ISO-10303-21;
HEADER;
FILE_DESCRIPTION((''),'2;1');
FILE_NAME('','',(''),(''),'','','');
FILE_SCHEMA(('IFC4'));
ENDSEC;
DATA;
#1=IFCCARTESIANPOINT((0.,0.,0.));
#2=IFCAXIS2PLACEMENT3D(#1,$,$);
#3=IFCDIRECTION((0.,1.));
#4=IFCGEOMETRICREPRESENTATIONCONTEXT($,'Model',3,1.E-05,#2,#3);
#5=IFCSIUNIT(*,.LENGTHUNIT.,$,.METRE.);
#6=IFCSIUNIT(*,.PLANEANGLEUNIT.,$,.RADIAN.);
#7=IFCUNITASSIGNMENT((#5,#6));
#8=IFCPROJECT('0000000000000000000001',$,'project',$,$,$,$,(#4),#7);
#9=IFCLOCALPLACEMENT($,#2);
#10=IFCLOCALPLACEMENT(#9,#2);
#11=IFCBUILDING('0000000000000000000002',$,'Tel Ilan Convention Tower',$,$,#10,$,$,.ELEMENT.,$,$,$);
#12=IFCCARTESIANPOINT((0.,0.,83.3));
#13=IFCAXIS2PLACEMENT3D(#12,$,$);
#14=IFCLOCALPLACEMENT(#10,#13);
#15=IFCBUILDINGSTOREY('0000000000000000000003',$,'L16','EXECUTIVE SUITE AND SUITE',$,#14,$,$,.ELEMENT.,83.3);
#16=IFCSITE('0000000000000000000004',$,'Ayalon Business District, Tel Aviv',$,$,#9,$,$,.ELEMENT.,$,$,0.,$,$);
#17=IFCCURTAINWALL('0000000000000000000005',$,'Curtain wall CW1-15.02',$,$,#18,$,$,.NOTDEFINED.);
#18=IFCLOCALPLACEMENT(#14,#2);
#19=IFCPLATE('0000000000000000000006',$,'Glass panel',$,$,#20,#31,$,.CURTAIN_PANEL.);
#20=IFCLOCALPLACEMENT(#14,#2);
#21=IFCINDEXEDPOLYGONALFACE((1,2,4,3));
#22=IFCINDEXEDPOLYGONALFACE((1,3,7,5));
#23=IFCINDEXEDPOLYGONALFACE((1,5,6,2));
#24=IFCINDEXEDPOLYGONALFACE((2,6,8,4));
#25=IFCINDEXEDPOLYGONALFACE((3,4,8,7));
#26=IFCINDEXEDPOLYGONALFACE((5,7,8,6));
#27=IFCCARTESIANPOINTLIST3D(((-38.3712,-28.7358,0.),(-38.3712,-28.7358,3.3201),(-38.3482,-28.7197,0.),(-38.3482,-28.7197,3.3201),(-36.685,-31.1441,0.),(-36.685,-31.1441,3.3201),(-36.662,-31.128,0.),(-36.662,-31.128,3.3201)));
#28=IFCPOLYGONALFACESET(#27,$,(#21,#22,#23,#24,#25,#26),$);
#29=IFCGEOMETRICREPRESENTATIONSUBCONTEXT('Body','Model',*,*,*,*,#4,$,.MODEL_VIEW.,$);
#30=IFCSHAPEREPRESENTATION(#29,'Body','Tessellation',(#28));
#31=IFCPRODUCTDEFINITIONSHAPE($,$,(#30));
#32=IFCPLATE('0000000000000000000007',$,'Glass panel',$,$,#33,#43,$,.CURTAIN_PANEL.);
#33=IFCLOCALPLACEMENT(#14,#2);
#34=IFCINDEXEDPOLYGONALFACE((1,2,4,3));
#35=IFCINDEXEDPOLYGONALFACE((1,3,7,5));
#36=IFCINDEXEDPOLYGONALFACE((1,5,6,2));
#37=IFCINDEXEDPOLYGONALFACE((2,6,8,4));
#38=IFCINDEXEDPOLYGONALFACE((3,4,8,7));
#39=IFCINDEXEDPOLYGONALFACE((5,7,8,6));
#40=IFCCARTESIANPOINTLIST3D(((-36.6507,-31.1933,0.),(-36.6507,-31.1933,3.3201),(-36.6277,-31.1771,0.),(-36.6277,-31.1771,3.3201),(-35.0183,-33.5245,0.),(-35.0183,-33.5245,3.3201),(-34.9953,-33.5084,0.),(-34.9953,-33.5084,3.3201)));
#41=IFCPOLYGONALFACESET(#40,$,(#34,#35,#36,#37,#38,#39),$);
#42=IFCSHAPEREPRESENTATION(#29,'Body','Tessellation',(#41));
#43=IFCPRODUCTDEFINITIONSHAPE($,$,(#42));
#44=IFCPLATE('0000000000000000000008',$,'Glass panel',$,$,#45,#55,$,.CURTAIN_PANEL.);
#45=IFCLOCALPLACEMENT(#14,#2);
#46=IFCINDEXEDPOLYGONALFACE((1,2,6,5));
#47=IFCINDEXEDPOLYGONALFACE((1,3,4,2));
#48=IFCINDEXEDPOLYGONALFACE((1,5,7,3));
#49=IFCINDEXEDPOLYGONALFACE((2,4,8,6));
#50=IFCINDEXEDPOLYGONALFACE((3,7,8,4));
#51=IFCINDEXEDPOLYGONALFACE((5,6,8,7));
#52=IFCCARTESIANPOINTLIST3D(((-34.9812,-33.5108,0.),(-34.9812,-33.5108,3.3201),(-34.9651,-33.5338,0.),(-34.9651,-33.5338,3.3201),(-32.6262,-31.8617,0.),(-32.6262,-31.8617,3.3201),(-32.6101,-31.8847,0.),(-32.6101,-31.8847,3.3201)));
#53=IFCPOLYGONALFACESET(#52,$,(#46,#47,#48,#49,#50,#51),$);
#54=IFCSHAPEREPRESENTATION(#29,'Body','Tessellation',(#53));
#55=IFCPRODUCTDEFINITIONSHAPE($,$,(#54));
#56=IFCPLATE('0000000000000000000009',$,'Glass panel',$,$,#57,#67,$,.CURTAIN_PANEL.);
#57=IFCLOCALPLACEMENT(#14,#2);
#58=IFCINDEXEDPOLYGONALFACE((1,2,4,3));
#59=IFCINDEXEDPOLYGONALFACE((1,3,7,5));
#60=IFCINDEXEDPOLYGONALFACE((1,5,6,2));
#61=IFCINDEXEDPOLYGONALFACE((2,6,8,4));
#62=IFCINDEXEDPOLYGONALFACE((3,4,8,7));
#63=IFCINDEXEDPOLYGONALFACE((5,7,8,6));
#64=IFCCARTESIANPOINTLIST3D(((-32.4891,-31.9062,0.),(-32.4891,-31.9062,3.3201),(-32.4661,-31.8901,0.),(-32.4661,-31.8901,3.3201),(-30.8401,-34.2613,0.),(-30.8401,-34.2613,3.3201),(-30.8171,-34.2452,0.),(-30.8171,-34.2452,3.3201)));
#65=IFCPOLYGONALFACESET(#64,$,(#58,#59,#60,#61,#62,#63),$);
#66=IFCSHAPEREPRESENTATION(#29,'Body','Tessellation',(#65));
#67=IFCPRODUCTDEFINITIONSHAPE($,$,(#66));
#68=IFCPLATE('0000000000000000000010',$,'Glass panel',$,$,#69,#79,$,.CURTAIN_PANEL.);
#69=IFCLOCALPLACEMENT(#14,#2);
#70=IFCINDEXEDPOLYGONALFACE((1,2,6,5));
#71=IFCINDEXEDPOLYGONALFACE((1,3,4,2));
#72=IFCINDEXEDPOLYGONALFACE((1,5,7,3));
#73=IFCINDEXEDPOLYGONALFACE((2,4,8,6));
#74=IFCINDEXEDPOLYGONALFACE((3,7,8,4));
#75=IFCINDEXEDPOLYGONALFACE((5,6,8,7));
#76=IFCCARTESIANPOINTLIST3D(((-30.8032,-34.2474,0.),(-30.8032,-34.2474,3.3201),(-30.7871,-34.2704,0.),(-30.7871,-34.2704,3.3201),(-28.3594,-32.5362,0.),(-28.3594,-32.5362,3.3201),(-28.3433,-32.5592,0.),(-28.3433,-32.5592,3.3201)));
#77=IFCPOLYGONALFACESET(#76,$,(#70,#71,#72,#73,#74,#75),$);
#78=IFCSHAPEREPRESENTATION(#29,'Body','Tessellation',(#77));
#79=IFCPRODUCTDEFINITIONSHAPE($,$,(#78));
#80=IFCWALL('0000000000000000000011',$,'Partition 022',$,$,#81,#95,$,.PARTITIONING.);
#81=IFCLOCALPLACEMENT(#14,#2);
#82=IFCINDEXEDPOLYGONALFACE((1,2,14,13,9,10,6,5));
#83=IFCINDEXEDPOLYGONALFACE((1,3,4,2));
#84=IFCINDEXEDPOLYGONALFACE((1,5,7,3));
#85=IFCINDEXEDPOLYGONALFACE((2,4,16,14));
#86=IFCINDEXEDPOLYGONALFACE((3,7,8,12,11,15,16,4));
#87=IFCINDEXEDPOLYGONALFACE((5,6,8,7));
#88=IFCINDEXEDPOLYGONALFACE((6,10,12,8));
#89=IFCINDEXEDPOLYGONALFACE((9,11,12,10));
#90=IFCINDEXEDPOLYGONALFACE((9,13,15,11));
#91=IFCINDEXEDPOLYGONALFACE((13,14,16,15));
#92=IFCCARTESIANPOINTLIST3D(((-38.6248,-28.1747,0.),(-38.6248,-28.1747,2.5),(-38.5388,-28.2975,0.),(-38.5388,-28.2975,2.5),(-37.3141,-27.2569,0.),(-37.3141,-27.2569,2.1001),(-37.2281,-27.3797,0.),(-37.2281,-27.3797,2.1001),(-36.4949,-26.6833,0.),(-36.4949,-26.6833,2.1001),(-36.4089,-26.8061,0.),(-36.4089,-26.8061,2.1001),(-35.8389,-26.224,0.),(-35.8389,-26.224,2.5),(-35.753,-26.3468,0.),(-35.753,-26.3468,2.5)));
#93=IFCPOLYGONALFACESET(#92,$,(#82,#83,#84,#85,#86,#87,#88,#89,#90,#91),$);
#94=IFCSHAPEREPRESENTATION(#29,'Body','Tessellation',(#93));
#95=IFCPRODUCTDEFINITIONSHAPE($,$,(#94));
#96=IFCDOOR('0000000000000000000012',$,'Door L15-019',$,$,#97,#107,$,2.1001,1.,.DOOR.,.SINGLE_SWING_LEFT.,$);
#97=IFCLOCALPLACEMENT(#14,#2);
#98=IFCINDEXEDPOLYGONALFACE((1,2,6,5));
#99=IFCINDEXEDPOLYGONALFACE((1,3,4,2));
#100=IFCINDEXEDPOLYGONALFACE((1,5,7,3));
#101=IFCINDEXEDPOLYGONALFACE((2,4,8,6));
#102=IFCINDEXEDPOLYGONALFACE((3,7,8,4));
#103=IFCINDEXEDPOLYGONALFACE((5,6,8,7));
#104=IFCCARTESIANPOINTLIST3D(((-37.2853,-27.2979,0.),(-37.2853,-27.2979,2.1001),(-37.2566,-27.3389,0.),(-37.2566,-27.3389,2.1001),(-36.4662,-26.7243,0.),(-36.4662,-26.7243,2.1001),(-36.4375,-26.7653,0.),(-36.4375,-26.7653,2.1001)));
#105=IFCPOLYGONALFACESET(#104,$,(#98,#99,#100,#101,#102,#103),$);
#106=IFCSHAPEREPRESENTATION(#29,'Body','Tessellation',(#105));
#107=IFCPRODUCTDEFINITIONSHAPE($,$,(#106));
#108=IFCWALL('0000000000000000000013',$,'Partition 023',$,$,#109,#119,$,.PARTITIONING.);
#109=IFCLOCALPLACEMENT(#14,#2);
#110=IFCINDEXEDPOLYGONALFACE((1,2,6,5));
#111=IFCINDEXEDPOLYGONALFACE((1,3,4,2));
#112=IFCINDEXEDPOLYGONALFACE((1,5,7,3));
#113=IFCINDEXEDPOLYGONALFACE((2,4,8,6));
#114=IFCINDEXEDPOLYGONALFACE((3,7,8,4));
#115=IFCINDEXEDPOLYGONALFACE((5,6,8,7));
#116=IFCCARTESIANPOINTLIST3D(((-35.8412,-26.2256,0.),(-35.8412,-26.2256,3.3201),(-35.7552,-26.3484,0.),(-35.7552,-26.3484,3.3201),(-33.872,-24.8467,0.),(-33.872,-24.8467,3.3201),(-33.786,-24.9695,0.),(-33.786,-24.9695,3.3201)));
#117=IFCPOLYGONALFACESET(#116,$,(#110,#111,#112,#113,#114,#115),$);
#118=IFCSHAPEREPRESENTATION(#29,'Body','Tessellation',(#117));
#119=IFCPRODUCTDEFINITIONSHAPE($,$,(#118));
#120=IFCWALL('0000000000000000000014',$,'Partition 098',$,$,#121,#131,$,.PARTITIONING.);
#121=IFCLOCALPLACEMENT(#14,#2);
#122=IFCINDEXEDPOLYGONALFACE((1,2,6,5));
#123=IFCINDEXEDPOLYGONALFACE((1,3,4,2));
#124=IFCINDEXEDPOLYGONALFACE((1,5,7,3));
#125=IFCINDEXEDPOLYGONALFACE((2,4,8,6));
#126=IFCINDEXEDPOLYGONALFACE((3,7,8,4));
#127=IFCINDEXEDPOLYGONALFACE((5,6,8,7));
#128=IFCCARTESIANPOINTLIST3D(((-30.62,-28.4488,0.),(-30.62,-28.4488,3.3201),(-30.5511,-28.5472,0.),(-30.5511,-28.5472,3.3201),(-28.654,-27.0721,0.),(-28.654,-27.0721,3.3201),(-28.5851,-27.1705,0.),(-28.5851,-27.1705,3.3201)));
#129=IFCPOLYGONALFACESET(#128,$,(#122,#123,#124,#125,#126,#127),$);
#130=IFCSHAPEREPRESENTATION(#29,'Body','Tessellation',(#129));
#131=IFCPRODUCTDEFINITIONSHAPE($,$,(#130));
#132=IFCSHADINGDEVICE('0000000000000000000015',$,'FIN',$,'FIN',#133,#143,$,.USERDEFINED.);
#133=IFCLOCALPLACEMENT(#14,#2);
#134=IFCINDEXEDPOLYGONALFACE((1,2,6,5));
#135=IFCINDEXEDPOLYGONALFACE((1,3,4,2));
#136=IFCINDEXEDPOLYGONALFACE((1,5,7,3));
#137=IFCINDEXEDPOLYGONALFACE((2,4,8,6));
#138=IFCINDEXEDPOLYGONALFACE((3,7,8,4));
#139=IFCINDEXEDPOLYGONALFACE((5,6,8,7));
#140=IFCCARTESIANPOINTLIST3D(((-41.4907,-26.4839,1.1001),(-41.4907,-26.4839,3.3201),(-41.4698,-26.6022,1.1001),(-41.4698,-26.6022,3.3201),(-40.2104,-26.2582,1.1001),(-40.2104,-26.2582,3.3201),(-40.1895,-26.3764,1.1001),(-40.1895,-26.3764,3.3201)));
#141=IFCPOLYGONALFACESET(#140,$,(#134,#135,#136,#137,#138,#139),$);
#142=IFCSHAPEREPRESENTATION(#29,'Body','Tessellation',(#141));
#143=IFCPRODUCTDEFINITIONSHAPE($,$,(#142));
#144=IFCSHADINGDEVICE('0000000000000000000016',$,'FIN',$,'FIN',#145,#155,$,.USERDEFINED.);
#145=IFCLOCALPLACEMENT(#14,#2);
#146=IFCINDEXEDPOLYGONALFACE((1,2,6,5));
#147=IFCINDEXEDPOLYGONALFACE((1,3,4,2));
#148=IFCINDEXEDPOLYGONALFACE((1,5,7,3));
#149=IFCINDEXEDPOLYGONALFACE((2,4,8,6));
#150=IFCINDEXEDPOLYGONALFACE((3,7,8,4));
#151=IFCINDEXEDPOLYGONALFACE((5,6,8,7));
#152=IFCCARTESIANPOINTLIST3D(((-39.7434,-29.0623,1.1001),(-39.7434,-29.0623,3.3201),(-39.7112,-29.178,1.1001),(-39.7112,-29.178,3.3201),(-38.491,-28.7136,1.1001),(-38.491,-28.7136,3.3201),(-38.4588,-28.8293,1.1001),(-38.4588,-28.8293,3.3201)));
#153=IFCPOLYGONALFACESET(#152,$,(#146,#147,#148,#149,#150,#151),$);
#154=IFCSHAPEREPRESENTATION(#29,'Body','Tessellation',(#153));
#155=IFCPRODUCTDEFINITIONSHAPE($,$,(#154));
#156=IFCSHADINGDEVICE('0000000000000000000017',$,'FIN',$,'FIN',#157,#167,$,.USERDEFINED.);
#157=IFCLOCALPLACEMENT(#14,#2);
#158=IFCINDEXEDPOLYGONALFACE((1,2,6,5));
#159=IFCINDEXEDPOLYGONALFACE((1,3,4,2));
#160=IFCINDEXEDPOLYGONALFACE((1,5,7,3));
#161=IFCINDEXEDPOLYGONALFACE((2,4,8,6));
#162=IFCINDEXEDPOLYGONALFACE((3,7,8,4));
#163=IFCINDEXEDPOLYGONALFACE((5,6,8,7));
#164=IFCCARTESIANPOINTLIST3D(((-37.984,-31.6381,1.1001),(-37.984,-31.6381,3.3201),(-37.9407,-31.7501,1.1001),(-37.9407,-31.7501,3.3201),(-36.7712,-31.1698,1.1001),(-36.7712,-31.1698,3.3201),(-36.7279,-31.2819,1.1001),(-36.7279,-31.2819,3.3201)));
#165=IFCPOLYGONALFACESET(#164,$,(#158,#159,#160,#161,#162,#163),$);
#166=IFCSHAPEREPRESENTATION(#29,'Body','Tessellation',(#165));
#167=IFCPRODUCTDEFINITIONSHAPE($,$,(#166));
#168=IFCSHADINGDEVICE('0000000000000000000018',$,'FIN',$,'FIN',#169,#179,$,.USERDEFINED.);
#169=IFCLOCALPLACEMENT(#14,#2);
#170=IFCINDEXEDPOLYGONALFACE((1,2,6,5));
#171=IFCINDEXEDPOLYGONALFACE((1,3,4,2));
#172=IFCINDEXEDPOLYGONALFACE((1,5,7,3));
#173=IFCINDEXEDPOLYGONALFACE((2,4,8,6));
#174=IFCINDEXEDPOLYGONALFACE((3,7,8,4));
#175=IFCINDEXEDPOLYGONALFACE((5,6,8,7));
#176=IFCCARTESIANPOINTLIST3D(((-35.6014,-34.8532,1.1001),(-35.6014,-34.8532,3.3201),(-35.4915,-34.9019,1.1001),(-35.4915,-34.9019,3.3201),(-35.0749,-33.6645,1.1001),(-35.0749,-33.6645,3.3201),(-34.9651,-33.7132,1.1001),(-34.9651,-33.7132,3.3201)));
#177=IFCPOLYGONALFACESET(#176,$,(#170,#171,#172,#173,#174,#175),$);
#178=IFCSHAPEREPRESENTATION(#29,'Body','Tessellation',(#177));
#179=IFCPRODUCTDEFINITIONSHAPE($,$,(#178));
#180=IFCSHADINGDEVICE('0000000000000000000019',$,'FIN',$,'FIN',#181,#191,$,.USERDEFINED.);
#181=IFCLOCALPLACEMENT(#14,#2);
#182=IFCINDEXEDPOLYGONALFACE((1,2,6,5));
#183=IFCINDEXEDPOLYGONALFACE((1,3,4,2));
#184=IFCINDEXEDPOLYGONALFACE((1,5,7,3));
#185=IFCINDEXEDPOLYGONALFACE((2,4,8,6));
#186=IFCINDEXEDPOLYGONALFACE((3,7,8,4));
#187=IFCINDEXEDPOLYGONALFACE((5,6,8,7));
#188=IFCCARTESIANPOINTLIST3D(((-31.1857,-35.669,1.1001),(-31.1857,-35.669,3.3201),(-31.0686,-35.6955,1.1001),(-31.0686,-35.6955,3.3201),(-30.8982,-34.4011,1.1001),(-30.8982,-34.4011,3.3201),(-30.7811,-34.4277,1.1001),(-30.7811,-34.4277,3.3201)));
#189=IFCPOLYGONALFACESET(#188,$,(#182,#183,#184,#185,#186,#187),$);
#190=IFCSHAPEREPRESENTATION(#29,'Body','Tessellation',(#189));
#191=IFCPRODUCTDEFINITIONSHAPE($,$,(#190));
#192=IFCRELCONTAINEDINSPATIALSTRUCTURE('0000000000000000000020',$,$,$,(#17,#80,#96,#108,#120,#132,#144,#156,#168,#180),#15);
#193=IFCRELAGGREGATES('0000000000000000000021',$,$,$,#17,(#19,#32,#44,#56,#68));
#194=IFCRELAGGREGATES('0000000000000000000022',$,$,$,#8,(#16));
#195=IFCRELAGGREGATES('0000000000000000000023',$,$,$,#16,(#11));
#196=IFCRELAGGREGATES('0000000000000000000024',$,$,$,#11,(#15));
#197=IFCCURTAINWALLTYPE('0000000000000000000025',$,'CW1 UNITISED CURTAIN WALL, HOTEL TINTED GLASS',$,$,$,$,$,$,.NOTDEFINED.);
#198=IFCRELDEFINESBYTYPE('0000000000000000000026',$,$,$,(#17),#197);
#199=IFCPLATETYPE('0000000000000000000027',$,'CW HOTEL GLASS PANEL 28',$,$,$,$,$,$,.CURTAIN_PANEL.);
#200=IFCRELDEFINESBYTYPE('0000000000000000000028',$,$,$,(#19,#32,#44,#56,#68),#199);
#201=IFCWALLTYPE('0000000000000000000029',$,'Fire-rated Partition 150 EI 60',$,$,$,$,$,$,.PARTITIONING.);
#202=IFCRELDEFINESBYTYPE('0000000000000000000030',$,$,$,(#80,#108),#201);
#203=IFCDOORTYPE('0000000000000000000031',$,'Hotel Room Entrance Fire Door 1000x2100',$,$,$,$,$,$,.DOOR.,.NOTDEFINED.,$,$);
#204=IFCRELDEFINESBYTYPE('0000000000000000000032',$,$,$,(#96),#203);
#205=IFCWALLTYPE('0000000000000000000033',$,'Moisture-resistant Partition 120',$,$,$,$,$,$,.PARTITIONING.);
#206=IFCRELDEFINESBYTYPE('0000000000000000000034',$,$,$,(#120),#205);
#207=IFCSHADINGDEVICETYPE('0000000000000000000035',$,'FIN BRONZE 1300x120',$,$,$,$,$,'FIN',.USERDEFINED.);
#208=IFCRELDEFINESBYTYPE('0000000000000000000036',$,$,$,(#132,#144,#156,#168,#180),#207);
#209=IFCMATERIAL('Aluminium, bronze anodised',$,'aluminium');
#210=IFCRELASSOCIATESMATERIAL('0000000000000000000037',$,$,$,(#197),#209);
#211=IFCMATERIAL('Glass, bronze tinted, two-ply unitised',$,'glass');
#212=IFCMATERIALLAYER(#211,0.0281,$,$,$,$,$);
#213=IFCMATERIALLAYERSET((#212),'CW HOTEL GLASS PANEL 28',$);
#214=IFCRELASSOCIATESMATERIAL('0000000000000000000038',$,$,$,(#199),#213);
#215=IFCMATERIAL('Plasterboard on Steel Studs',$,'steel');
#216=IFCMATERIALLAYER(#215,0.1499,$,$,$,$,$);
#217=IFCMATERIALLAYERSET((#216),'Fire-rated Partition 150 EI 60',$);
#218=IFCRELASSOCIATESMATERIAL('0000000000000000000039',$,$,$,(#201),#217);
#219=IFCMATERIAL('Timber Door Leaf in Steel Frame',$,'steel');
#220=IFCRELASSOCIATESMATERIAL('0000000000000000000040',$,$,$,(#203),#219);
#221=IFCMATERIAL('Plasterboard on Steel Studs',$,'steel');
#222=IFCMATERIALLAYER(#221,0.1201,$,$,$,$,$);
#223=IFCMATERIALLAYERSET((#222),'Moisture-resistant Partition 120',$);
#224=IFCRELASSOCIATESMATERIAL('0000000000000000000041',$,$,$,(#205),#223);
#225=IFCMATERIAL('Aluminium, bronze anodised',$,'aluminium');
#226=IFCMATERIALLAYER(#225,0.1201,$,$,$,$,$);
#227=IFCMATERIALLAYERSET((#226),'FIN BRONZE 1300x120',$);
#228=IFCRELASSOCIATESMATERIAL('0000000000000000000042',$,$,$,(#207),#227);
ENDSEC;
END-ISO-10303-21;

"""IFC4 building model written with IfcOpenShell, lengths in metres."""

from ifc_helpers import new_model, si_unit, direction, frame, frame_2d, origin, origin_2d, place, context, subcontext, project, spatial, rectangle, extrude, material, layer, layer_set, type_object, element, fill, aggregate, save


model = new_model("IFC4")

# Units and contexts
model_context = context("Model", 3, precision=1e-05, world=origin(), true_north=direction((0.0, 1.0)))
body_context = subcontext(model_context, "Body", "Model", "MODEL_VIEW")
ifc_project = project(units=[si_unit("LENGTHUNIT", "METRE"), si_unit("PLANEANGLEUNIT", "RADIAN")], contexts=[model_context])

# Site, building, storey
site_placement = place(None, origin())
site = spatial("IfcSite", under=ifc_project, at=site_placement, Name="Ayalon Business District, Tel Aviv", CompositionType="ELEMENT", RefElevation=0.0)
building_placement = place(site_placement, origin())
building = spatial("IfcBuilding", under=site, at=building_placement, Name="Tel Ilan Convention Tower", CompositionType="ELEMENT")
storey_placement = place(building_placement, frame((0.0, 0.0, 83.3)))
storey = spatial("IfcBuildingStorey", under=building, at=storey_placement, Name="L16", Description="EXECUTIVE SUITE AND SUITE", CompositionType="ELEMENT", Elevation=83.3)

# Curtain wall, plates
ifc_material_1 = material(Name="Aluminium, bronze anodised", Category="aluminium")
curtain_wall_type = type_object("IfcCurtainWallType", Name="CW1 UNITISED CURTAIN WALL, HOTEL TINTED GLASS", PredefinedType="NOTDEFINED", material=ifc_material_1)
curtain_wall_placement = place(storey_placement, origin())
curtain_wall = element("IfcCurtainWall", 1, at=curtain_wall_placement, inside=storey, type_object=curtain_wall_type, Name="Curtain wall CW1-15.02", PredefinedType="NOTDEFINED")
ifc_material_2 = material(Name="Glass, bronze tinted, two-ply unitised", Category="glass")
ifc_layer_1 = layer(ifc_material_2, 0.0281)
ifc_layer_set_1 = layer_set([ifc_layer_1], Name="CW HOTEL GLASS PANEL 28")
plate_type = type_object("IfcPlateType", Name="CW HOTEL GLASS PANEL 28", PredefinedType="CURTAIN_PANEL", material=ifc_layer_set_1)
plate_1_placement = place(storey_placement, frame((-37.5166, -29.9319, 0.0), z_axis=(0.0, 0.0, 1.0), x_axis=(0.573576, -0.819152, 0.0)))
plate_1 = element("IfcPlate", 2, at=plate_1_placement, type_object=plate_type, Name="Glass panel", PredefinedType="CURTAIN_PANEL", context=body_context, shape_type="SweptSolid", body=[
    extrude(rectangle(XDim=2.9399, YDim=0.0281, at=origin_2d()), origin(), (0.0, 0.0, 1.0), 3.3201),
])
plate_2_placement = place(storey_placement, frame((-35.823, -32.3508, 0.0), z_axis=(0.0, 0.0, 1.0), x_axis=(0.573576, -0.819152, 0.0)))
plate_2 = element("IfcPlate", 3, at=plate_2_placement, type_object=plate_type, Name="Glass panel", PredefinedType="CURTAIN_PANEL", context=body_context, shape_type="SweptSolid", body=[
    extrude(rectangle(XDim=2.8459, YDim=0.0281, at=origin_2d()), origin(), (0.0, 0.0, 1.0), 3.3201),
])
plate_3_placement = place(storey_placement, frame((-33.7957, -32.6978, 0.0), z_axis=(0.0, 0.0, 1.0), x_axis=(0.819152, 0.573576, 0.0)))
plate_3 = element("IfcPlate", 4, at=plate_3_placement, type_object=plate_type, Name="Glass panel", PredefinedType="CURTAIN_PANEL", context=body_context, shape_type="SweptSolid", body=[
    extrude(rectangle(XDim=2.875, YDim=0.0281, at=origin_2d()), origin(), (0.0, 0.0, 1.0), 3.3201),
])
plate_4_placement = place(storey_placement, frame((-31.6531, -33.0757, 0.0), z_axis=(0.0, 0.0, 1.0), x_axis=(0.573576, -0.819152, 0.0)))
plate_4 = element("IfcPlate", 5, at=plate_4_placement, type_object=plate_type, Name="Glass panel", PredefinedType="CURTAIN_PANEL", context=body_context, shape_type="SweptSolid", body=[
    extrude(rectangle(XDim=2.875, YDim=0.0281, at=origin_2d()), origin(), (0.0, 0.0, 1.0), 3.3201),
])
plate_5_placement = place(storey_placement, frame((-29.5732, -33.4033, 0.0), z_axis=(0.0, 0.0, 1.0), x_axis=(0.819152, 0.573576, 0.0)))
plate_5 = element("IfcPlate", 6, at=plate_5_placement, type_object=plate_type, Name="Glass panel", PredefinedType="CURTAIN_PANEL", context=body_context, shape_type="SweptSolid", body=[
    extrude(rectangle(XDim=2.9834, YDim=0.0281, at=origin_2d()), origin(), (0.0, 0.0, 1.0), 3.3201),
])
aggregate(curtain_wall, [plate_1, plate_2, plate_3, plate_4, plate_5])

# Wall, opening, door
ifc_material_3 = material(Name="Plasterboard on Steel Studs", Category="steel")
ifc_layer_2 = layer(ifc_material_3, 0.1499)
ifc_layer_set_2 = layer_set([ifc_layer_2], Name="Fire-rated Partition 150 EI 60")
wall_type_1 = type_object("IfcWallType", Name="Fire-rated Partition 150 EI 60", PredefinedType="PARTITIONING", material=ifc_layer_set_2)
wall_1_placement = place(storey_placement, frame((-38.5818, -28.2361, 0.0), z_axis=(0.0, 0.0, 1.0), x_axis=(0.819154, 0.573573, 0.0)))
wall_1 = element("IfcWall", 7, at=wall_1_placement, inside=storey, type_object=wall_type_1, Name="Partition 022", PredefinedType="PARTITIONING", context=body_context, shape_type="SweptSolid", body=[
    extrude(rectangle(XDim=3.4009, YDim=0.1499, at=frame_2d((1.7004, 0.0))), origin(), (0.0, 0.0, 1.0), 2.5),
])
opening_placement = place(wall_1_placement, frame((1.6001, 0.0, 0.0)))
opening = element("IfcOpeningElement", 8, at=opening_placement, cuts=wall_1, PredefinedType="OPENING", context=body_context, shape_type="SweptSolid", body=[
    extrude(rectangle(XDim=1.0, YDim=2.1001, at=frame_2d((0.5, 1.05))), frame((0.0, 0.085, 0.0), z_axis=(0.0, -1.0, 0.0), x_axis=(1.0, 0.0, 0.0)), (0.0, 0.0, 1.0), 0.1699),
])
ifc_material_4 = material(Name="Timber Door Leaf in Steel Frame", Category="steel")
door_type = type_object("IfcDoorType", Name="Hotel Room Entrance Fire Door 1000x2100", OperationType="NOTDEFINED", PredefinedType="DOOR", material=ifc_material_4)
door_placement = place(opening_placement, origin())
door = element("IfcDoor", 9, at=door_placement, inside=storey, type_object=door_type, Name="Door L15-019", OperationType="SINGLE_SWING_LEFT", OverallHeight=2.1001, OverallWidth=1.0, PredefinedType="DOOR", context=body_context, shape_type="SweptSolid", body=[
    extrude(rectangle(XDim=1.0, YDim=2.1001, at=frame_2d((0.5, 1.05))), frame((0.0, 0.0249, 0.0), z_axis=(0.0, -1.0, 0.0), x_axis=(1.0, 0.0, 0.0)), (0.0, 0.0, 1.0), 0.05),
])
fill(opening, door)

# Walls
wall_2_placement = place(storey_placement, frame((-35.7983, -26.2871, 0.0), z_axis=(0.0, 0.0, 1.0), x_axis=(0.819146, 0.573585, 0.0)))
element("IfcWall", 10, at=wall_2_placement, inside=storey, type_object=wall_type_1, Name="Partition 023", PredefinedType="PARTITIONING", context=body_context, shape_type="SweptSolid", body=[
    extrude(rectangle(XDim=2.4041, YDim=0.1499, at=frame_2d((1.2021, 0.0))), origin(), (0.0, 0.0, 1.0), 3.3201),
])
ifc_material_5 = material(Name="Plasterboard on Steel Studs", Category="steel")
ifc_layer_3 = layer(ifc_material_5, 0.1201)
ifc_layer_set_3 = layer_set([ifc_layer_3], Name="Moisture-resistant Partition 120")
wall_type_2 = type_object("IfcWallType", Name="Moisture-resistant Partition 120", PredefinedType="PARTITIONING", material=ifc_layer_set_3)
wall_3_placement = place(storey_placement, frame((-30.5857, -28.498, 0.0), z_axis=(0.0, 0.0, 1.0), x_axis=(0.819141, 0.573592, 0.0)))
element("IfcWall", 11, at=wall_3_placement, inside=storey, type_object=wall_type_2, Name="Partition 098", PredefinedType="PARTITIONING", context=body_context, shape_type="SweptSolid", body=[
    extrude(rectangle(XDim=2.4001, YDim=0.1201, at=frame_2d((1.2002, 0.0))), origin(), (0.0, 0.0, 1.0), 3.3201),
])

# Shading devices
ifc_material_6 = material(Name="Aluminium, bronze anodised", Category="aluminium")
ifc_layer_4 = layer(ifc_material_6, 0.1201)
ifc_layer_set_4 = layer_set([ifc_layer_4], Name="FIN BRONZE 1300x120")
shading_device_type = type_object("IfcShadingDeviceType", Name="FIN BRONZE 1300x120", ElementType="FIN", PredefinedType="USERDEFINED", material=ifc_layer_set_4)
for number, where, z_axis, x_axis, name in (
    (12, (-40.8401, -26.4302, 1.1001), (0.0, 0.0, 1.0), (-0.984808, -0.173648, 0.0), "FIN"),
    (13, (-39.1011, -28.9458, 1.1001), (0.0, 0.0, 1.0), (-0.963371, -0.268173, 0.0), "FIN"),
    (14, (-37.356, -31.46, 1.1001), (0.0, 0.0, 1.0), (-0.932884, -0.360178, 0.0), "FIN"),
    (15, (-35.2832, -34.2832, 1.1001), (0.0, 0.0, 1.0), (-0.404964, -0.914333, 0.0), "FIN"),
    (16, (-30.9834, -35.0483, 1.1001), (0.0, 0.0, 1.0), (-0.22117, -0.975235, 0.0), "FIN"),
):
    element("IfcShadingDevice", number, at=place(storey_placement, frame(where, z_axis=z_axis, x_axis=x_axis)), inside=storey, type_object=shading_device_type, Name=name, ObjectType="FIN", PredefinedType="USERDEFINED", context=body_context, shape_type="SweptSolid", body=[
        extrude(rectangle(XDim=1.3, YDim=0.1201, at=origin_2d()), origin(), (0.0, 0.0, 1.0), 2.22),
    ])

save(model, "model.ifc")
